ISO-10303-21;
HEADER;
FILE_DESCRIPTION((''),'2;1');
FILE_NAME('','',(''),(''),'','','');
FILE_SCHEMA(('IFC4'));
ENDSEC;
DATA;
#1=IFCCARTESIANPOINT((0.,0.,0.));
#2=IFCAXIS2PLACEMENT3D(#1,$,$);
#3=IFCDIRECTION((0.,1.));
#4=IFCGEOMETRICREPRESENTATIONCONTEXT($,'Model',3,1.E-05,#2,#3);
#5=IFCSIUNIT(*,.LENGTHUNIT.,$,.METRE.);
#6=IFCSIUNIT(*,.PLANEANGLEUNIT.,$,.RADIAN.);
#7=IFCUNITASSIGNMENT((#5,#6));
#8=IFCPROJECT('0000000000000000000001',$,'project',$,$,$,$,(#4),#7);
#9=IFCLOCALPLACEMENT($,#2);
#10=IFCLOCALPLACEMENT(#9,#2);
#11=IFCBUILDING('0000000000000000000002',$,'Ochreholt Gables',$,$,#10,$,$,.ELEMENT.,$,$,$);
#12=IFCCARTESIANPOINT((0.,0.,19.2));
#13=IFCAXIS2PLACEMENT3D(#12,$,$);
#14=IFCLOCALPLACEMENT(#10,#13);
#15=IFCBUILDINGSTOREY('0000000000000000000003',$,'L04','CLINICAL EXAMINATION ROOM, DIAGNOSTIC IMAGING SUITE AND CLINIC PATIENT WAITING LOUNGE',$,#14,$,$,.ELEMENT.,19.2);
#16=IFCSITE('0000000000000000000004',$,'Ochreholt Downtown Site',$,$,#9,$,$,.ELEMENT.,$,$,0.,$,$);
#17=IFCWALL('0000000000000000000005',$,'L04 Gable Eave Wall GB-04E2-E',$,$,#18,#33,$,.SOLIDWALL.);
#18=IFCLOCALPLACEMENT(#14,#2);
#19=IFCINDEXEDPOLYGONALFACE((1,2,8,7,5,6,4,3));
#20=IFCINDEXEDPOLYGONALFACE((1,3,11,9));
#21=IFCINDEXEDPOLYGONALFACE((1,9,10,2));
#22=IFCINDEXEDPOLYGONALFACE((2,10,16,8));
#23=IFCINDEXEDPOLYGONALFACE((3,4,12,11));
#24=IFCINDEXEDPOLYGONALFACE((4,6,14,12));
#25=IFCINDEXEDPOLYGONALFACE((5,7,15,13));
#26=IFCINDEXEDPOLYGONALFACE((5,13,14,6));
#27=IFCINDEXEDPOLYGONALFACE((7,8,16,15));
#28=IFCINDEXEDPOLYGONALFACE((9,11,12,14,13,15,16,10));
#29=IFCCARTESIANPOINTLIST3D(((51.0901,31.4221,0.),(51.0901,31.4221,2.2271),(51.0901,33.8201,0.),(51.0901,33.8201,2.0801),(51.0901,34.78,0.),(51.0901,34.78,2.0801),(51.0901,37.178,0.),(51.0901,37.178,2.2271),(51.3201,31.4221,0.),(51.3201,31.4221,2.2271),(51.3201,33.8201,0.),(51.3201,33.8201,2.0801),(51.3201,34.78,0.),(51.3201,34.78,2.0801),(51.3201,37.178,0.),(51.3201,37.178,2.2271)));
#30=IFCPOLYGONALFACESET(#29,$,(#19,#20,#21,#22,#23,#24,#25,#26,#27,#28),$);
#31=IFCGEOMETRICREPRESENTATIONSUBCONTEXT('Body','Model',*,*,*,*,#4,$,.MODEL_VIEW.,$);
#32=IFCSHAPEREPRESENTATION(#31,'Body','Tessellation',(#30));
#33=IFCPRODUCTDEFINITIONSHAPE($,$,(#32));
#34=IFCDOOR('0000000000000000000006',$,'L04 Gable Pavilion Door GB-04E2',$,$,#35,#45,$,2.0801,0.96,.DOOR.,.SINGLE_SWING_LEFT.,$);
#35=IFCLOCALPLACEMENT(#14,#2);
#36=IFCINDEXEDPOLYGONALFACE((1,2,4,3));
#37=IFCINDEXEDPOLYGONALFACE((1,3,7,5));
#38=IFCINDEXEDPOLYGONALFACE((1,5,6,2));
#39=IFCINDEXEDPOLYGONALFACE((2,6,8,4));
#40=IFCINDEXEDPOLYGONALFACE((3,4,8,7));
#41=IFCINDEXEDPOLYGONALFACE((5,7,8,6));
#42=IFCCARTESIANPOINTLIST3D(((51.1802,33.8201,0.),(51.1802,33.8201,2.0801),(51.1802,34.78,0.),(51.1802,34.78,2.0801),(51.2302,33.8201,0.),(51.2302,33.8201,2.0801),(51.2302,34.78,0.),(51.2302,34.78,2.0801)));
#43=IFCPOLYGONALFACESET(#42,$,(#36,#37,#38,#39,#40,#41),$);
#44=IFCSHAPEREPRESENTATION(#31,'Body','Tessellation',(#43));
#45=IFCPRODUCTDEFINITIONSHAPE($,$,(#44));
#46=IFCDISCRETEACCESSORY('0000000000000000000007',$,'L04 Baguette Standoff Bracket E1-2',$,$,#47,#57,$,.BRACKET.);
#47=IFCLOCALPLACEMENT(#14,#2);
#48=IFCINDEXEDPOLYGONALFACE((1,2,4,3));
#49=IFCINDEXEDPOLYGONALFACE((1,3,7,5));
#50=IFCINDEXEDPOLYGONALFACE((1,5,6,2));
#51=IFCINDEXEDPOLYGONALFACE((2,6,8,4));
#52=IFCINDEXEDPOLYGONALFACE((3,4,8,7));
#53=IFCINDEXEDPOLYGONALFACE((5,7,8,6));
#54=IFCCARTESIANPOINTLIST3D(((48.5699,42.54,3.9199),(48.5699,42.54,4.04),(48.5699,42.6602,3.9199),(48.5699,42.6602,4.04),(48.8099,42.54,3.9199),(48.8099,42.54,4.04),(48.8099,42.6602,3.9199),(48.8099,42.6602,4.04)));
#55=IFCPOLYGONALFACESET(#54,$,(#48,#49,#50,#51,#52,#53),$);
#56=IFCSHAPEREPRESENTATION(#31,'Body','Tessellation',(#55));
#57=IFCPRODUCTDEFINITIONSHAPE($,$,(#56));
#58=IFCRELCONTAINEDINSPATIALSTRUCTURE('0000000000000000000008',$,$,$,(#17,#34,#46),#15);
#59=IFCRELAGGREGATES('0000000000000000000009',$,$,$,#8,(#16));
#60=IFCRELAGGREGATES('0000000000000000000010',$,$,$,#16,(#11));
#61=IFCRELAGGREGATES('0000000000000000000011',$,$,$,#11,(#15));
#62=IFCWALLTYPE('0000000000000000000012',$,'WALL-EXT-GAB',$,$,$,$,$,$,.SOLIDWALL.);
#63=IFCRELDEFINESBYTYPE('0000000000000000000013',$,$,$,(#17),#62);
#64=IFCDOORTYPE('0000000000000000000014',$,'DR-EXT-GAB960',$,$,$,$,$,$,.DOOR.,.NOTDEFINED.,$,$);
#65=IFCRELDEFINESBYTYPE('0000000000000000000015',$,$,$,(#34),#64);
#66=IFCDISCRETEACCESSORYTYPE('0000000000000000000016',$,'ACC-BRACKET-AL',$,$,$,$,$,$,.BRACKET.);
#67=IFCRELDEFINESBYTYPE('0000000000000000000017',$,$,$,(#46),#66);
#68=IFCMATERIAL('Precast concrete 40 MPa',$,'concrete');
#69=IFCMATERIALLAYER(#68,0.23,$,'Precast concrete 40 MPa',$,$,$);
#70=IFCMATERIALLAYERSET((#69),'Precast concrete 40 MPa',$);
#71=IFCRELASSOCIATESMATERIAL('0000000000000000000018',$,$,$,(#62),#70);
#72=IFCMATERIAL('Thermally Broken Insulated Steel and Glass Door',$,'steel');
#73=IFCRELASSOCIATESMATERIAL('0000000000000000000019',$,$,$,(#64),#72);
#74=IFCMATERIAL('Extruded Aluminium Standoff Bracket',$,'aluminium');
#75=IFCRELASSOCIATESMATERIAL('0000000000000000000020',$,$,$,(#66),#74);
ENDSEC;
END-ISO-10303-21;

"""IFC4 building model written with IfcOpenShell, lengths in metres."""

from ifc_helpers import new_model, si_unit, direction, frame, frame_2d, origin, origin_2d, place, context, subcontext, project, spatial, rectangle, extrude, material, layer, layer_set, type_object, element, fill, save


model = new_model("IFC4")

# Units and contexts
model_context = context("Model", 3, precision=1e-05, world=origin(), true_north=direction((0.0, 1.0)))
body_context = subcontext(model_context, "Body", "Model", "MODEL_VIEW")
ifc_project = project(units=[si_unit("LENGTHUNIT", "METRE"), si_unit("PLANEANGLEUNIT", "RADIAN")], contexts=[model_context])

# Site, building, storey
site_placement = place(None, origin())
site = spatial("IfcSite", under=ifc_project, at=site_placement, Name="Ochreholt Downtown Site", CompositionType="ELEMENT", RefElevation=0.0)
building_placement = place(site_placement, origin())
building = spatial("IfcBuilding", under=site, at=building_placement, Name="Ochreholt Gables", CompositionType="ELEMENT")
storey_placement = place(building_placement, frame((0.0, 0.0, 19.2)))
storey = spatial("IfcBuildingStorey", under=building, at=storey_placement, Name="L04", Description="CLINICAL EXAMINATION ROOM, DIAGNOSTIC IMAGING SUITE AND CLINIC PATIENT WAITING LOUNGE", CompositionType="ELEMENT", Elevation=19.2)

# Shared definitions
ifc_material_1 = material(Name="Precast concrete 40 MPa", Category="concrete")

# Shared definitions
ifc_layer_1 = layer(ifc_material_1, 0.23, Name="Precast concrete 40 MPa")
ifc_layer_set_1 = layer_set([ifc_layer_1], Name="Precast concrete 40 MPa")
wall_type_1 = type_object("IfcWallType", Name="WALL-EXT-GAB", PredefinedType="SOLIDWALL", material=ifc_layer_set_1)

# Wall, opening, door
wall_1_placement = place(storey_placement, frame((51.2051, 31.4221, 0.0), z_axis=(0.0, 0.0, 1.0), x_axis=(0.0, 1.0, 0.0)))
wall_1 = element("IfcWall", 1, at=wall_1_placement, inside=storey, type_object=wall_type_1, Name="L04 Gable Eave Wall GB-04E2-E", PredefinedType="SOLIDWALL", context=body_context, shape_type="SweptSolid", body=[
    extrude(rectangle(XDim=5.7559, YDim=0.23, at=frame_2d((2.8779, 0.0))), origin(), (0.0, 0.0, 1.0), 2.2271),
])
opening_1_placement = place(wall_1_placement, frame((2.3979, 0.0, 0.0)))
opening_1 = element("IfcOpeningElement", 2, at=opening_1_placement, cuts=wall_1, PredefinedType="OPENING", context=body_context, shape_type="SweptSolid", body=[
    extrude(rectangle(XDim=0.96, YDim=2.0801, at=frame_2d((0.48, 1.04))), frame((0.0, 0.125, 0.0), z_axis=(0.0, -1.0, 0.0), x_axis=(1.0, 0.0, 0.0)), (0.0, 0.0, 1.0), 0.25),
])
ifc_material_2 = material(Name="Thermally Broken Insulated Steel and Glass Door", Category="steel")
door_type = type_object("IfcDoorType", Name="DR-EXT-GAB960", OperationType="NOTDEFINED", PredefinedType="DOOR", material=ifc_material_2)
door_placement = place(opening_1_placement, origin())
door = element("IfcDoor", 3, at=door_placement, inside=storey, type_object=door_type, Name="L04 Gable Pavilion Door GB-04E2", OperationType="SINGLE_SWING_LEFT", OverallHeight=2.0801, OverallWidth=0.96, PredefinedType="DOOR", context=body_context, shape_type="SweptSolid", body=[
    extrude(rectangle(XDim=0.96, YDim=2.0801, at=frame_2d((0.48, 1.04))), frame((0.0, 0.0249, 0.0), z_axis=(0.0, -1.0, 0.0), x_axis=(1.0, 0.0, 0.0)), (0.0, 0.0, 1.0), 0.05),
])
fill(opening_1, door)

# Discrete accessory
ifc_material_3 = material(Name="Extruded Aluminium Standoff Bracket", Category="aluminium")
discrete_accessory_type = type_object("IfcDiscreteAccessoryType", Name="ACC-BRACKET-AL", PredefinedType="BRACKET", material=ifc_material_3)
discrete_accessory_placement = place(storey_placement, frame((48.6899, 42.6001, 3.9199), z_axis=(0.0, 0.0, 1.0), x_axis=(0.0, 1.0, 0.0)))
element("IfcDiscreteAccessory", 4, at=discrete_accessory_placement, inside=storey, type_object=discrete_accessory_type, Name="L04 Baguette Standoff Bracket E1-2", PredefinedType="BRACKET", context=body_context, shape_type="SweptSolid", body=[
    extrude(rectangle(XDim=0.1201, YDim=0.24, at=origin_2d()), origin(), (0.0, 0.0, 1.0), 0.1201),
])

save(model, "model.ifc")
